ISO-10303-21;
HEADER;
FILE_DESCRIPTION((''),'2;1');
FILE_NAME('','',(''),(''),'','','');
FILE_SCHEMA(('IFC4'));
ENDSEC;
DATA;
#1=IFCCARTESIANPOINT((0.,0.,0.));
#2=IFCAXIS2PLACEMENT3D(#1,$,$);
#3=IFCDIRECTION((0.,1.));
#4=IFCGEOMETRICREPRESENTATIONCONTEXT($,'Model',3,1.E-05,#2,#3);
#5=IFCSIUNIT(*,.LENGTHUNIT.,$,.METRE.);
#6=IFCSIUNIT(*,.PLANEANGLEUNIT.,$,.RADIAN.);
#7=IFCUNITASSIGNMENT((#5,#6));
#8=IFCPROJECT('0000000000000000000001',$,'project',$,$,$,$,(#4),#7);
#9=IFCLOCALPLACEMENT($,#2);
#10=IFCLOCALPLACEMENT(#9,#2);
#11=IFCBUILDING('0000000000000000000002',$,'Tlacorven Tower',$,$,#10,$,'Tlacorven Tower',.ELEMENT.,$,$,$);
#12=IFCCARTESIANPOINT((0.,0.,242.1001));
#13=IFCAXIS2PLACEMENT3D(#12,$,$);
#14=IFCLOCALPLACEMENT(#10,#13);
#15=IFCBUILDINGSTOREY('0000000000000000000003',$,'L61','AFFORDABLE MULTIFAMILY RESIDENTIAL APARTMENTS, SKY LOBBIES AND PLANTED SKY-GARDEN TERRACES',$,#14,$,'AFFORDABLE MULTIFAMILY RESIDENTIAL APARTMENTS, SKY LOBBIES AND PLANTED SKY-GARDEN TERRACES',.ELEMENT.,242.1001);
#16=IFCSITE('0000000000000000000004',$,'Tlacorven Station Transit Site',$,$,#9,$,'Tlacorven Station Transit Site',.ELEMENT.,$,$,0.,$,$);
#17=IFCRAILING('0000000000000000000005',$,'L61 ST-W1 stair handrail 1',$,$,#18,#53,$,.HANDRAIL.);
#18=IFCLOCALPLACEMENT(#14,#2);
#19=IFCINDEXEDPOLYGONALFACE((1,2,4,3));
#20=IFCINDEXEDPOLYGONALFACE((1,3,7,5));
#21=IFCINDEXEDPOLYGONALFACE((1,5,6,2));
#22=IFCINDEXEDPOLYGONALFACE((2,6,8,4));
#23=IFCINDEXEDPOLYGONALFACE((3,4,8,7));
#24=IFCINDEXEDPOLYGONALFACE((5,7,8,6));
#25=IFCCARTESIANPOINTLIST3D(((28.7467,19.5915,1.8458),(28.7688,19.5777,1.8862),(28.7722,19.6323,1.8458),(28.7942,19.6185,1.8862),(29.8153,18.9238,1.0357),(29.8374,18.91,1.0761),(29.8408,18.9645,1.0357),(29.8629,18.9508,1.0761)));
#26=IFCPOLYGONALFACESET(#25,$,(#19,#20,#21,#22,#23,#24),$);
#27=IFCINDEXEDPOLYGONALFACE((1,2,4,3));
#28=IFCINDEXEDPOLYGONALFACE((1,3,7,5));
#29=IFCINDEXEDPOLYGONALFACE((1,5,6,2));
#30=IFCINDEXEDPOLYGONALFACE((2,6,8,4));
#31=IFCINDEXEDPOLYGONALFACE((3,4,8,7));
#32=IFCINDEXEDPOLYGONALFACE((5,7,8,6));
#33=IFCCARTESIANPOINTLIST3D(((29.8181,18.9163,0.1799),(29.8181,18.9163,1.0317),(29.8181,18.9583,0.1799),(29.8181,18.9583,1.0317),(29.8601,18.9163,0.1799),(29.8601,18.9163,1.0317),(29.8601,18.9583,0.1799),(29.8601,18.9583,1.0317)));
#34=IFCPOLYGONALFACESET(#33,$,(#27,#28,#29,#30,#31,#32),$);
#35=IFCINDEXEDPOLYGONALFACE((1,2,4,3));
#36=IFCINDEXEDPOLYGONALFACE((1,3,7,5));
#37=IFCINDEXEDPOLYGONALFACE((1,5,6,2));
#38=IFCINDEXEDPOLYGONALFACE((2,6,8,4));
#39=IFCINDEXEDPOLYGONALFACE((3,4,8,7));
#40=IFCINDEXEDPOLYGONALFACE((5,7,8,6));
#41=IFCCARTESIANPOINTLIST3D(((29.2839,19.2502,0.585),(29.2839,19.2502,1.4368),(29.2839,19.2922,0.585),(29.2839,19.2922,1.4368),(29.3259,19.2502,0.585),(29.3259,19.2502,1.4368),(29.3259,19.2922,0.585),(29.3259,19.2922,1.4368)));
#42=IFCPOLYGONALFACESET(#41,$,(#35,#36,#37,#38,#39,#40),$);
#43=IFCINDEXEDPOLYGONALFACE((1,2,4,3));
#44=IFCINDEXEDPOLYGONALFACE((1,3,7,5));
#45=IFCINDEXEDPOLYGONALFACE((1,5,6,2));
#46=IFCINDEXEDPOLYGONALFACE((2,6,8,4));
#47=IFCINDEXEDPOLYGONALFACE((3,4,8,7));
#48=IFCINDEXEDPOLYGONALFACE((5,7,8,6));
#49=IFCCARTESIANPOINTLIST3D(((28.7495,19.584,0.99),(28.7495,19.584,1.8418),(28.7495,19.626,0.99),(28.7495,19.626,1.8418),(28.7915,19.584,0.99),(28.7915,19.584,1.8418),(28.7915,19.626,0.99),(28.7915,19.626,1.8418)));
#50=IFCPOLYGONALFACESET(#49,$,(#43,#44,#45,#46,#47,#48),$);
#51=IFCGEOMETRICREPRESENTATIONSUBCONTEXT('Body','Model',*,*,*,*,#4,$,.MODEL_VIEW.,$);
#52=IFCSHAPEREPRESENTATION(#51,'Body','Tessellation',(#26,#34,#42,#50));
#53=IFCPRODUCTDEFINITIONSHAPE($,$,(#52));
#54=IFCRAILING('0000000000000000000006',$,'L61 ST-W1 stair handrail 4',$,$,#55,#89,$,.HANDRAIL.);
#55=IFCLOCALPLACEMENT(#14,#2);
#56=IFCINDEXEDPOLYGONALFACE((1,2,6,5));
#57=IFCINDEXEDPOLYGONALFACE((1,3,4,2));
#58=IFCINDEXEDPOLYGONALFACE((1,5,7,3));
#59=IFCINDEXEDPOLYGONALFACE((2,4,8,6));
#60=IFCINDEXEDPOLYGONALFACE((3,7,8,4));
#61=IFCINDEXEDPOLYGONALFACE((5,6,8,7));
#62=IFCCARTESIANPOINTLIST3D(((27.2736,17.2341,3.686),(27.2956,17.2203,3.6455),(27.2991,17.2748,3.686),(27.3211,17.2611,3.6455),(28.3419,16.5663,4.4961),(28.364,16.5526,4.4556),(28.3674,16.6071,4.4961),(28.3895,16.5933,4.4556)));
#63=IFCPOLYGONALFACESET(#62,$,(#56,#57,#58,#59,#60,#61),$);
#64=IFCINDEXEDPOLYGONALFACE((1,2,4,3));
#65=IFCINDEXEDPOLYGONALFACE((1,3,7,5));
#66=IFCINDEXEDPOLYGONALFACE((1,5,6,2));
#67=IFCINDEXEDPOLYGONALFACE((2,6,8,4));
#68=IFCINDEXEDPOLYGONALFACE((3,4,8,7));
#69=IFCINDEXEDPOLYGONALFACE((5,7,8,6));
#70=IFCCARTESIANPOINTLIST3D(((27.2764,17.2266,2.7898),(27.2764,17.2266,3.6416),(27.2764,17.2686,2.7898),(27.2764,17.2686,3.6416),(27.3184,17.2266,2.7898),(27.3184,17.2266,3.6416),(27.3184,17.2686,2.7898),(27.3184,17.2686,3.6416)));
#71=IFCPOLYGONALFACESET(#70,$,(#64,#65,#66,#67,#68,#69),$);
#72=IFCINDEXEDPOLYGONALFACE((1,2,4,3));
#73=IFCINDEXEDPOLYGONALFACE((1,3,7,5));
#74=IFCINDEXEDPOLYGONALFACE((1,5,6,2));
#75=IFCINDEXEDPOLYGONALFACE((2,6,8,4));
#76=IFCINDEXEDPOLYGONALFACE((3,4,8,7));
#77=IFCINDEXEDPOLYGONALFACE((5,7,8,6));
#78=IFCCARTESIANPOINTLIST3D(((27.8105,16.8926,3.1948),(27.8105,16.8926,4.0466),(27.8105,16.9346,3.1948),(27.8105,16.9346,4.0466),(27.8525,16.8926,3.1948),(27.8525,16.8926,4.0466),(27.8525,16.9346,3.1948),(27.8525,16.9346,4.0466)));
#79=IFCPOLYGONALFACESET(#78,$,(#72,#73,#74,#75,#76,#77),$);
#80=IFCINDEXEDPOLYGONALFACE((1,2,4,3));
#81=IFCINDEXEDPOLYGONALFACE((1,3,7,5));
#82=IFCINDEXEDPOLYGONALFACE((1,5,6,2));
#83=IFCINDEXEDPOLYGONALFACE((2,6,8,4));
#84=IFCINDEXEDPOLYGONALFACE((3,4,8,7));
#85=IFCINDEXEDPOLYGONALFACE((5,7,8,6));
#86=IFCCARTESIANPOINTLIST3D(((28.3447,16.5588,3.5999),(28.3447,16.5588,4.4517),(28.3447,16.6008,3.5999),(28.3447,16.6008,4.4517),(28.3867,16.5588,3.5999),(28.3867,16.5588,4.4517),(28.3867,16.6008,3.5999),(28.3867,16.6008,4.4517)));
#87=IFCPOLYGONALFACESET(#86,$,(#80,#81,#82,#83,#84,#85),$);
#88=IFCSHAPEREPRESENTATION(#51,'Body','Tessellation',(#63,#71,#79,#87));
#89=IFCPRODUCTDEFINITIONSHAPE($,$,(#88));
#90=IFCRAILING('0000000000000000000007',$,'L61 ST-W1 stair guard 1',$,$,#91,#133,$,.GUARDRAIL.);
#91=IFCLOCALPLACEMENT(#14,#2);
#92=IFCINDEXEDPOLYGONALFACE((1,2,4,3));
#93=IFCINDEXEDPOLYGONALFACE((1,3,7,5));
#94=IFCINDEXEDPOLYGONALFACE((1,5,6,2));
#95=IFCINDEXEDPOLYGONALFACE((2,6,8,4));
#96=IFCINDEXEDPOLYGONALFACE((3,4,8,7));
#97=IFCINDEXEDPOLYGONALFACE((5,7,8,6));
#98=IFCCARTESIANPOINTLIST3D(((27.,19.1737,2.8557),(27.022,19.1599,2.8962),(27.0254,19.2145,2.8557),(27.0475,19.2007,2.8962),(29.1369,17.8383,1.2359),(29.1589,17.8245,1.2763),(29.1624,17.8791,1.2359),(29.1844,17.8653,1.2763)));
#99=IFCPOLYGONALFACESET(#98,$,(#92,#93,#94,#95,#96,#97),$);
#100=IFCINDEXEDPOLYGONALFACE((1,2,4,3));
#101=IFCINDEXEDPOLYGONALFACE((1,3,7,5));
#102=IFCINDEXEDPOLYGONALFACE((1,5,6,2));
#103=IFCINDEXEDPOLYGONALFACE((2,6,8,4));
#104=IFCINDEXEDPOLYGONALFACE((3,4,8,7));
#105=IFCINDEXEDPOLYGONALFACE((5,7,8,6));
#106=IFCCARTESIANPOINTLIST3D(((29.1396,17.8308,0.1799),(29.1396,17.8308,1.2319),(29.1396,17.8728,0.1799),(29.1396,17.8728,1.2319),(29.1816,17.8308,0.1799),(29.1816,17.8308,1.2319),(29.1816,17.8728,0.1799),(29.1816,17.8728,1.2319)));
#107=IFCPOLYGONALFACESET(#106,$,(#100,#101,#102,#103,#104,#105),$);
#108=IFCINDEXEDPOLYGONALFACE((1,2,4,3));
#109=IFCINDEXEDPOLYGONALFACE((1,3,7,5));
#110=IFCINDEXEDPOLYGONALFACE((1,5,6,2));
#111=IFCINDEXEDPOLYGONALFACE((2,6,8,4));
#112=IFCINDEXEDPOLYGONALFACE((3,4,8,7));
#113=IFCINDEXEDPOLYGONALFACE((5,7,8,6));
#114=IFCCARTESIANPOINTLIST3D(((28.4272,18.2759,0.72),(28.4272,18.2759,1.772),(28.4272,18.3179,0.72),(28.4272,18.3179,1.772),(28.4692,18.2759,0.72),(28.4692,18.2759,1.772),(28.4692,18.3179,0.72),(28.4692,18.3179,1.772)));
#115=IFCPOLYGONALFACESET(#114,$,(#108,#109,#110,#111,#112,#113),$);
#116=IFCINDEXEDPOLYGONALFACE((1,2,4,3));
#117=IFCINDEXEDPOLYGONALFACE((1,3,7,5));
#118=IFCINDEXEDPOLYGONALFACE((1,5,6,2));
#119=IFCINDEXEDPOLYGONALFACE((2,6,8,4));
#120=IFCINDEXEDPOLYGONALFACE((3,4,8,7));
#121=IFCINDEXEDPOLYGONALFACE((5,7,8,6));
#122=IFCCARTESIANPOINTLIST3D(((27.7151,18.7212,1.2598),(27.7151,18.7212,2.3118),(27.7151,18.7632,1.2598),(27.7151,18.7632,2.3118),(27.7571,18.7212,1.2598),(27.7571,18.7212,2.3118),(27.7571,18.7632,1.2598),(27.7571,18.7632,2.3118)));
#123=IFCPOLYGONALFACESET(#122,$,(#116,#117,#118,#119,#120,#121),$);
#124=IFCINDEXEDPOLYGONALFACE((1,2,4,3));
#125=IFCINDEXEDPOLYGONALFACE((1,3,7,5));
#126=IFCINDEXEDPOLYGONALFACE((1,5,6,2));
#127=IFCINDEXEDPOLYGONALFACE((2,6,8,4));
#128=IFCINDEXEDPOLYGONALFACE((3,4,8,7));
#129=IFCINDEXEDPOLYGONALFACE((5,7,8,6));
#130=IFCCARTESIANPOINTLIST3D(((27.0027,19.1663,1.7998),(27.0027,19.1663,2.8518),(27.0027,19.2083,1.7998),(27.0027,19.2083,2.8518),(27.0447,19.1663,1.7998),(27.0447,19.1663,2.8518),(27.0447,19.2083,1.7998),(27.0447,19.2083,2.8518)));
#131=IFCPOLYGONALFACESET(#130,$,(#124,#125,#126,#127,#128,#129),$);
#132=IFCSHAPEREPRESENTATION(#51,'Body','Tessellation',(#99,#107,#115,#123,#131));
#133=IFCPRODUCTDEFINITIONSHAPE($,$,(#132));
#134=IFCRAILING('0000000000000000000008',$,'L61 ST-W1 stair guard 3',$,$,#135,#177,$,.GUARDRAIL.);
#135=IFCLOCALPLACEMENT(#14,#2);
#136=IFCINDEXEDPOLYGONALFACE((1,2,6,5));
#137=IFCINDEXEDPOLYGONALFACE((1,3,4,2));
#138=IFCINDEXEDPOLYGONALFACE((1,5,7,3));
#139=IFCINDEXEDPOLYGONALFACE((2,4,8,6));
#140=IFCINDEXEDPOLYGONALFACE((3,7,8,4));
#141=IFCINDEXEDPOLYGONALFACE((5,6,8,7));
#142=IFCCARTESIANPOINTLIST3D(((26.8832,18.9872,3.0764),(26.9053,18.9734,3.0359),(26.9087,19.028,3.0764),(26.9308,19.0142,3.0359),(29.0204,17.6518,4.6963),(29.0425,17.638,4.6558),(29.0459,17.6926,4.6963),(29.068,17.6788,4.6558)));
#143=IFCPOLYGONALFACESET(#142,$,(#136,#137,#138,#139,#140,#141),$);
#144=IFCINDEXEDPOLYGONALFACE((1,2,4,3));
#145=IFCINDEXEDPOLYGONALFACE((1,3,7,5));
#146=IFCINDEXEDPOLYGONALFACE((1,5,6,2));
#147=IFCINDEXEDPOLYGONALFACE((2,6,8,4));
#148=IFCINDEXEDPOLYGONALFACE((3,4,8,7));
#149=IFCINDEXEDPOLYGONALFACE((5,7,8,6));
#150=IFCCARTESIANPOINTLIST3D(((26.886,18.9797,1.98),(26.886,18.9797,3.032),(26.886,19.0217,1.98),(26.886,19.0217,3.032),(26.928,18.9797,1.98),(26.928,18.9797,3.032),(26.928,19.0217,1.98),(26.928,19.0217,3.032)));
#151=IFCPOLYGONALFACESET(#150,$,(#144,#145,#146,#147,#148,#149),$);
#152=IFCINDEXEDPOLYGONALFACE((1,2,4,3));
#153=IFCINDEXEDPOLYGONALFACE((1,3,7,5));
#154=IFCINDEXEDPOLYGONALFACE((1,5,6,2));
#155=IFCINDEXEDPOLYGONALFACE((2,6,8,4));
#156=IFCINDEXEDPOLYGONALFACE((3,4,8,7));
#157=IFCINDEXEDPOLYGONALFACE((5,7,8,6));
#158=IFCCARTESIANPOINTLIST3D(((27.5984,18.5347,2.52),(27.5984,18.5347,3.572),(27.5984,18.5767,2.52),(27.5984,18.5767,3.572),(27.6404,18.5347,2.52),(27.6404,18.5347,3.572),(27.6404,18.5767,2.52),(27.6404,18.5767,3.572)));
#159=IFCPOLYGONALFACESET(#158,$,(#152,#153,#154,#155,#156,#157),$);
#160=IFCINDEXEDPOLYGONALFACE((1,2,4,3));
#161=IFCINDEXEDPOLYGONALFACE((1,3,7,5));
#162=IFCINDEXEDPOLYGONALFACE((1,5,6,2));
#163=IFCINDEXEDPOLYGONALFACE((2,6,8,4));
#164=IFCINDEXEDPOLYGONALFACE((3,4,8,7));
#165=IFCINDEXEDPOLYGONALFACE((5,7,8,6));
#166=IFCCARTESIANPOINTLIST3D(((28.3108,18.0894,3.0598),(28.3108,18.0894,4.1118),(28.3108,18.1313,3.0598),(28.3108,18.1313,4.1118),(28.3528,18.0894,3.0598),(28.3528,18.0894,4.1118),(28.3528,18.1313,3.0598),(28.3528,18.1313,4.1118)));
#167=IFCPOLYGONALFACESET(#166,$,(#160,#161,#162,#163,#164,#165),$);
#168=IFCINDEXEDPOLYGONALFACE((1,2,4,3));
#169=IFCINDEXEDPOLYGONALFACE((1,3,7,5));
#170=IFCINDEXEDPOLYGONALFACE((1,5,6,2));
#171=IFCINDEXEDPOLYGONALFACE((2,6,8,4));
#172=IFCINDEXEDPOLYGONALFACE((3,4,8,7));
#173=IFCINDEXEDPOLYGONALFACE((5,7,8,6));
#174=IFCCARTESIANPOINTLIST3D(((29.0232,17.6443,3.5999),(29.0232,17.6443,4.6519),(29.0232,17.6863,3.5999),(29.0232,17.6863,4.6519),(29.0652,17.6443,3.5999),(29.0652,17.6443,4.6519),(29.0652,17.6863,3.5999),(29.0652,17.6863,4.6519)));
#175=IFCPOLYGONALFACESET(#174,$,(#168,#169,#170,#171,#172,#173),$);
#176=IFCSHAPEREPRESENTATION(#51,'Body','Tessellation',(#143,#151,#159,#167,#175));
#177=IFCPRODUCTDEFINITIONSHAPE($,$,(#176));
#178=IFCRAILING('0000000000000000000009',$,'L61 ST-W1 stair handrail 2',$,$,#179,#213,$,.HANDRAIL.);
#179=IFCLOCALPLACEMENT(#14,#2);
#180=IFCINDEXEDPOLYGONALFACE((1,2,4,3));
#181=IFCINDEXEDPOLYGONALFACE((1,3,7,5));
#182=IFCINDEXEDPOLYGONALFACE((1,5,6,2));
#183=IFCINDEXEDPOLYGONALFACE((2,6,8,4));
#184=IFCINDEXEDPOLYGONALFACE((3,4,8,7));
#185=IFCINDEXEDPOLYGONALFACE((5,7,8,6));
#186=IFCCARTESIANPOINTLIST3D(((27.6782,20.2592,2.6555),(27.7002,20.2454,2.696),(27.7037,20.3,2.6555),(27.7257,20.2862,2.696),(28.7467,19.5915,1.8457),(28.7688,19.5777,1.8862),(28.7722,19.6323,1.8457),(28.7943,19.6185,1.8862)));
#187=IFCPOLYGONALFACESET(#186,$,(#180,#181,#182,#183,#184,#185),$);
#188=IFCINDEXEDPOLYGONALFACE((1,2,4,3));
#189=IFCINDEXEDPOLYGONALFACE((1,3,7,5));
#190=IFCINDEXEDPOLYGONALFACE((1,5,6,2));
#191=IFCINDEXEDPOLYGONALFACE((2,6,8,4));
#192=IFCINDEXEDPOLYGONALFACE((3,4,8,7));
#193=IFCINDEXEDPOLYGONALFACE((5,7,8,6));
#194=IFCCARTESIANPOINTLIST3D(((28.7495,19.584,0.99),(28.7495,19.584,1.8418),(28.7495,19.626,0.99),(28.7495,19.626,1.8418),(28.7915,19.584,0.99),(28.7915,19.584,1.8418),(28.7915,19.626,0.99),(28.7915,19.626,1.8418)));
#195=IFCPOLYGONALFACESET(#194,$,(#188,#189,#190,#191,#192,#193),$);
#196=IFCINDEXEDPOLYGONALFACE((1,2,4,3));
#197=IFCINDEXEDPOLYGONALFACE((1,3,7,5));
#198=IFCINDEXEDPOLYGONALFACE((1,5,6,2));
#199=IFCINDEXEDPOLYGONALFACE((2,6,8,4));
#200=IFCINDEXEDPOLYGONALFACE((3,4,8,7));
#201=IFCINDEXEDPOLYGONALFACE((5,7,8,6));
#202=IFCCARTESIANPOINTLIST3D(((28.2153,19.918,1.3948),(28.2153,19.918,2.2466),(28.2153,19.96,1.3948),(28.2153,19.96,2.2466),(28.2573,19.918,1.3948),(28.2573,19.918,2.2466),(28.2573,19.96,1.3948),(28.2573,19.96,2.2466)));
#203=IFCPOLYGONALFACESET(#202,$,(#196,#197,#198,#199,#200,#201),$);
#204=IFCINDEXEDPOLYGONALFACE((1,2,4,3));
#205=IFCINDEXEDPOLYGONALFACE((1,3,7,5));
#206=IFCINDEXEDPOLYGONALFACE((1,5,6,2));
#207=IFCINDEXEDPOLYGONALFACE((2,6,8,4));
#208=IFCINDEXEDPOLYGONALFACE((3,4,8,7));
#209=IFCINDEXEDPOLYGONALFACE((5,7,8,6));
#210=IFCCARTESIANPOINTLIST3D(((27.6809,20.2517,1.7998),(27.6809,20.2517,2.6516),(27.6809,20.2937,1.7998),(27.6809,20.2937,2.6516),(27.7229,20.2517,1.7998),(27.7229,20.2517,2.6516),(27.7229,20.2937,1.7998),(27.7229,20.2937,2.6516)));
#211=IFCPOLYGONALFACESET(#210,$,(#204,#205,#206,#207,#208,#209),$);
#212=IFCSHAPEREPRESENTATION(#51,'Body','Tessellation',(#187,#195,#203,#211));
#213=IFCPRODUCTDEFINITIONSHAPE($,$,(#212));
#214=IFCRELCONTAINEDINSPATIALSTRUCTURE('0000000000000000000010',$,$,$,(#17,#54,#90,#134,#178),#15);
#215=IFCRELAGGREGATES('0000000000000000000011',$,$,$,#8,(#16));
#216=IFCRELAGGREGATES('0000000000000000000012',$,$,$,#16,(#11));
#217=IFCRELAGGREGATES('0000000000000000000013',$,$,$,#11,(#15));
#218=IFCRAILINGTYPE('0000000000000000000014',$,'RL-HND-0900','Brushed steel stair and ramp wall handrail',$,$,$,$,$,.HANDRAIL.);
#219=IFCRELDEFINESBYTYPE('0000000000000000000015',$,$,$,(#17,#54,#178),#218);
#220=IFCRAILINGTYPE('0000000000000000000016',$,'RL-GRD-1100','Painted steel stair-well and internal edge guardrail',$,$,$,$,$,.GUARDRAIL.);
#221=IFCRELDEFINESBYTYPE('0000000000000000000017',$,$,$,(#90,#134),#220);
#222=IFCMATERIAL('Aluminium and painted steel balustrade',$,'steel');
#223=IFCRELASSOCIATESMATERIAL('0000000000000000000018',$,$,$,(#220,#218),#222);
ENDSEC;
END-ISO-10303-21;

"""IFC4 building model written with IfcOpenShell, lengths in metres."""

from ifc_helpers import new_model, si_unit, direction, frame, origin, origin_2d, place, context, subcontext, project, spatial, rectangle, extrude, source, transform, mapped, material, type_object, element, save


model = new_model("IFC4")

# Units and contexts
model_context = context("Model", 3, precision=1e-05, world=origin(), true_north=direction((0.0, 1.0)))
body_context = subcontext(model_context, "Body", "Model", "MODEL_VIEW")
ifc_project = project(units=[si_unit("LENGTHUNIT", "METRE"), si_unit("PLANEANGLEUNIT", "RADIAN")], contexts=[model_context])

# Site, building, storey
site_placement = place(None, origin())
site = spatial("IfcSite", under=ifc_project, at=site_placement, Name="Tlacorven Station Transit Site", LongName="Tlacorven Station Transit Site", CompositionType="ELEMENT", RefElevation=0.0)
building_placement = place(site_placement, origin())
building = spatial("IfcBuilding", under=site, at=building_placement, Name="Tlacorven Tower", LongName="Tlacorven Tower", CompositionType="ELEMENT")
storey_placement = place(building_placement, frame((0.0, 0.0, 242.1001)))
storey = spatial("IfcBuildingStorey", under=building, at=storey_placement, Name="L61", Description="AFFORDABLE MULTIFAMILY RESIDENTIAL APARTMENTS, SKY LOBBIES AND PLANTED SKY-GARDEN TERRACES", LongName="AFFORDABLE MULTIFAMILY RESIDENTIAL APARTMENTS, SKY LOBBIES AND PLANTED SKY-GARDEN TERRACES", CompositionType="ELEMENT", Elevation=242.1001)

# Railings
ifc_material_1 = material(Name="Aluminium and painted steel balustrade", Category="steel")
railing_type_1 = type_object("IfcRailingType", Name="RL-GRD-1100", Description="Painted steel stair-well and internal edge guardrail", PredefinedType="GUARDRAIL", material=ifc_material_1)
railing_type_2 = type_object("IfcRailingType", Name="RL-HND-0900", Description="Brushed steel stair and ramp wall handrail", PredefinedType="HANDRAIL", material=ifc_material_1)
shared_shape_1 = source(origin(), body_context, "Body", "SweptSolid", [
    extrude(rectangle(XDim=0.0481, YDim=0.0481, at=origin_2d()), frame((0.0, 0.0, 0.876), z_axis=(-0.71336, 0.445748, 0.540765), x_axis=(-0.529912, -0.848053, 0.0)), (0.0, 0.0, 1.0), 1.498),
    extrude(rectangle(XDim=0.042, YDim=0.042, at=origin_2d()), origin(), (0.0, 0.0, 1.0), 0.8518),
    extrude(rectangle(XDim=0.042, YDim=0.042, at=origin_2d()), frame((-0.5342, 0.334, 0.405)), (0.0, 0.0, 1.0), 0.8518),
    extrude(rectangle(XDim=0.042, YDim=0.042, at=origin_2d()), frame((-1.0686, 0.6677, 0.8101)), (0.0, 0.0, 1.0), 0.8518),
])
railing_1_placement = place(storey_placement, frame((29.8391, 18.9373, 0.1799)))
element("IfcRailing", 1, at=railing_1_placement, inside=storey, type_object=railing_type_2, Name="L61 ST-W1 stair handrail 1", PredefinedType="HANDRAIL", context=body_context, shape_type="MappedRepresentation", body=[
    mapped(shared_shape_1, transform((0.0, 0.0, 0.0), scale=1.0)),
])
shared_shape_2 = source(origin(), body_context, "Body", "SweptSolid", [
    extrude(rectangle(XDim=0.0481, YDim=0.0481, at=origin_2d()), frame((0.0, 0.0, 0.876), z_axis=(0.71328, -0.4458, 0.540828), x_axis=(0.529999, 0.847998, 0.0)), (0.0, 0.0, 1.0), 1.4978),
    extrude(rectangle(XDim=0.042, YDim=0.042, at=origin_2d()), origin(), (0.0, 0.0, 1.0), 0.8518),
    extrude(rectangle(XDim=0.042, YDim=0.042, at=origin_2d()), frame((0.5342, -0.334, 0.405)), (0.0, 0.0, 1.0), 0.8518),
    extrude(rectangle(XDim=0.042, YDim=0.042, at=origin_2d()), frame((1.0684, -0.6677, 0.8101)), (0.0, 0.0, 1.0), 0.8518),
])
railing_2_placement = place(storey_placement, frame((27.2974, 17.2476, 2.7898)))
element("IfcRailing", 2, at=railing_2_placement, inside=storey, type_object=railing_type_2, Name="L61 ST-W1 stair handrail 4", PredefinedType="HANDRAIL", context=body_context, shape_type="MappedRepresentation", body=[
    mapped(shared_shape_2, transform((0.0, 0.0, 0.0), scale=1.0)),
])
shared_shape_3 = source(origin(), body_context, "Body", "SweptSolid", [
    extrude(rectangle(XDim=0.0481, YDim=0.0481, at=origin_2d()), frame((0.0, 0.0, 1.0762), z_axis=(-0.713351, 0.445794, 0.540739), x_axis=(-0.529955, -0.848026, 0.0)), (0.0, 0.0, 1.0), 2.9956),
    extrude(rectangle(XDim=0.042, YDim=0.042, at=origin_2d()), origin(), (0.0, 0.0, 1.0), 1.052),
    extrude(rectangle(XDim=0.042, YDim=0.042, at=origin_2d()), frame((-0.7124, 0.4451, 0.54)), (0.0, 0.0, 1.0), 1.052),
    extrude(rectangle(XDim=0.042, YDim=0.042, at=origin_2d()), frame((-1.4246, 0.8904, 1.0798)), (0.0, 0.0, 1.0), 1.052),
    extrude(rectangle(XDim=0.042, YDim=0.042, at=origin_2d()), frame((-2.137, 1.3354, 1.6199)), (0.0, 0.0, 1.0), 1.052),
])
railing_3_placement = place(storey_placement, frame((29.1606, 17.8518, 0.1799)))
element("IfcRailing", 3, at=railing_3_placement, inside=storey, type_object=railing_type_1, Name="L61 ST-W1 stair guard 1", PredefinedType="GUARDRAIL", context=body_context, shape_type="MappedRepresentation", body=[
    mapped(shared_shape_3, transform((0.0, 0.0, 0.0), scale=1.0)),
])
shared_shape_4 = source(origin(), body_context, "Body", "SweptSolid", [
    extrude(rectangle(XDim=0.0481, YDim=0.0481, at=origin_2d()), frame((0.0, 0.0, 1.0762), z_axis=(0.713391, -0.445768, 0.540707), x_axis=(0.529912, 0.848053, 0.0)), (0.0, 0.0, 1.0), 2.9958),
    extrude(rectangle(XDim=0.042, YDim=0.042, at=origin_2d()), origin(), (0.0, 0.0, 1.0), 1.052),
    extrude(rectangle(XDim=0.042, YDim=0.042, at=origin_2d()), frame((0.7124, -0.4451, 0.54)), (0.0, 0.0, 1.0), 1.052),
    extrude(rectangle(XDim=0.042, YDim=0.042, at=origin_2d()), frame((1.4248, -0.8904, 1.0798)), (0.0, 0.0, 1.0), 1.052),
    extrude(rectangle(XDim=0.042, YDim=0.042, at=origin_2d()), frame((2.1372, -1.3354, 1.6199)), (0.0, 0.0, 1.0), 1.052),
])
railing_4_placement = place(storey_placement, frame((26.907, 19.0007, 1.98)))
element("IfcRailing", 4, at=railing_4_placement, inside=storey, type_object=railing_type_1, Name="L61 ST-W1 stair guard 3", PredefinedType="GUARDRAIL", context=body_context, shape_type="MappedRepresentation", body=[
    mapped(shared_shape_4, transform((0.0, 0.0, 0.0), scale=1.0)),
])
shared_shape_5 = source(origin(), body_context, "Body", "SweptSolid", [
    extrude(rectangle(XDim=0.0481, YDim=0.0481, at=origin_2d()), frame((0.0, 0.0, 0.876), z_axis=(-0.713423, 0.445787, 0.540649), x_axis=(-0.529912, -0.848053, 0.0)), (0.0, 0.0, 1.0), 1.4978),
    extrude(rectangle(XDim=0.042, YDim=0.042, at=origin_2d()), origin(), (0.0, 0.0, 1.0), 0.8518),
    extrude(rectangle(XDim=0.042, YDim=0.042, at=origin_2d()), frame((-0.5342, 0.334, 0.4048)), (0.0, 0.0, 1.0), 0.8518),
    extrude(rectangle(XDim=0.042, YDim=0.042, at=origin_2d()), frame((-1.0686, 0.6677, 0.8098)), (0.0, 0.0, 1.0), 0.8518),
])
railing_5_placement = place(storey_placement, frame((28.7705, 19.605, 0.99)))
element("IfcRailing", 5, at=railing_5_placement, inside=storey, type_object=railing_type_2, Name="L61 ST-W1 stair handrail 2", PredefinedType="HANDRAIL", context=body_context, shape_type="MappedRepresentation", body=[
    mapped(shared_shape_5, transform((0.0, 0.0, 0.0), scale=1.0)),
])

save(model, "model.ifc")
